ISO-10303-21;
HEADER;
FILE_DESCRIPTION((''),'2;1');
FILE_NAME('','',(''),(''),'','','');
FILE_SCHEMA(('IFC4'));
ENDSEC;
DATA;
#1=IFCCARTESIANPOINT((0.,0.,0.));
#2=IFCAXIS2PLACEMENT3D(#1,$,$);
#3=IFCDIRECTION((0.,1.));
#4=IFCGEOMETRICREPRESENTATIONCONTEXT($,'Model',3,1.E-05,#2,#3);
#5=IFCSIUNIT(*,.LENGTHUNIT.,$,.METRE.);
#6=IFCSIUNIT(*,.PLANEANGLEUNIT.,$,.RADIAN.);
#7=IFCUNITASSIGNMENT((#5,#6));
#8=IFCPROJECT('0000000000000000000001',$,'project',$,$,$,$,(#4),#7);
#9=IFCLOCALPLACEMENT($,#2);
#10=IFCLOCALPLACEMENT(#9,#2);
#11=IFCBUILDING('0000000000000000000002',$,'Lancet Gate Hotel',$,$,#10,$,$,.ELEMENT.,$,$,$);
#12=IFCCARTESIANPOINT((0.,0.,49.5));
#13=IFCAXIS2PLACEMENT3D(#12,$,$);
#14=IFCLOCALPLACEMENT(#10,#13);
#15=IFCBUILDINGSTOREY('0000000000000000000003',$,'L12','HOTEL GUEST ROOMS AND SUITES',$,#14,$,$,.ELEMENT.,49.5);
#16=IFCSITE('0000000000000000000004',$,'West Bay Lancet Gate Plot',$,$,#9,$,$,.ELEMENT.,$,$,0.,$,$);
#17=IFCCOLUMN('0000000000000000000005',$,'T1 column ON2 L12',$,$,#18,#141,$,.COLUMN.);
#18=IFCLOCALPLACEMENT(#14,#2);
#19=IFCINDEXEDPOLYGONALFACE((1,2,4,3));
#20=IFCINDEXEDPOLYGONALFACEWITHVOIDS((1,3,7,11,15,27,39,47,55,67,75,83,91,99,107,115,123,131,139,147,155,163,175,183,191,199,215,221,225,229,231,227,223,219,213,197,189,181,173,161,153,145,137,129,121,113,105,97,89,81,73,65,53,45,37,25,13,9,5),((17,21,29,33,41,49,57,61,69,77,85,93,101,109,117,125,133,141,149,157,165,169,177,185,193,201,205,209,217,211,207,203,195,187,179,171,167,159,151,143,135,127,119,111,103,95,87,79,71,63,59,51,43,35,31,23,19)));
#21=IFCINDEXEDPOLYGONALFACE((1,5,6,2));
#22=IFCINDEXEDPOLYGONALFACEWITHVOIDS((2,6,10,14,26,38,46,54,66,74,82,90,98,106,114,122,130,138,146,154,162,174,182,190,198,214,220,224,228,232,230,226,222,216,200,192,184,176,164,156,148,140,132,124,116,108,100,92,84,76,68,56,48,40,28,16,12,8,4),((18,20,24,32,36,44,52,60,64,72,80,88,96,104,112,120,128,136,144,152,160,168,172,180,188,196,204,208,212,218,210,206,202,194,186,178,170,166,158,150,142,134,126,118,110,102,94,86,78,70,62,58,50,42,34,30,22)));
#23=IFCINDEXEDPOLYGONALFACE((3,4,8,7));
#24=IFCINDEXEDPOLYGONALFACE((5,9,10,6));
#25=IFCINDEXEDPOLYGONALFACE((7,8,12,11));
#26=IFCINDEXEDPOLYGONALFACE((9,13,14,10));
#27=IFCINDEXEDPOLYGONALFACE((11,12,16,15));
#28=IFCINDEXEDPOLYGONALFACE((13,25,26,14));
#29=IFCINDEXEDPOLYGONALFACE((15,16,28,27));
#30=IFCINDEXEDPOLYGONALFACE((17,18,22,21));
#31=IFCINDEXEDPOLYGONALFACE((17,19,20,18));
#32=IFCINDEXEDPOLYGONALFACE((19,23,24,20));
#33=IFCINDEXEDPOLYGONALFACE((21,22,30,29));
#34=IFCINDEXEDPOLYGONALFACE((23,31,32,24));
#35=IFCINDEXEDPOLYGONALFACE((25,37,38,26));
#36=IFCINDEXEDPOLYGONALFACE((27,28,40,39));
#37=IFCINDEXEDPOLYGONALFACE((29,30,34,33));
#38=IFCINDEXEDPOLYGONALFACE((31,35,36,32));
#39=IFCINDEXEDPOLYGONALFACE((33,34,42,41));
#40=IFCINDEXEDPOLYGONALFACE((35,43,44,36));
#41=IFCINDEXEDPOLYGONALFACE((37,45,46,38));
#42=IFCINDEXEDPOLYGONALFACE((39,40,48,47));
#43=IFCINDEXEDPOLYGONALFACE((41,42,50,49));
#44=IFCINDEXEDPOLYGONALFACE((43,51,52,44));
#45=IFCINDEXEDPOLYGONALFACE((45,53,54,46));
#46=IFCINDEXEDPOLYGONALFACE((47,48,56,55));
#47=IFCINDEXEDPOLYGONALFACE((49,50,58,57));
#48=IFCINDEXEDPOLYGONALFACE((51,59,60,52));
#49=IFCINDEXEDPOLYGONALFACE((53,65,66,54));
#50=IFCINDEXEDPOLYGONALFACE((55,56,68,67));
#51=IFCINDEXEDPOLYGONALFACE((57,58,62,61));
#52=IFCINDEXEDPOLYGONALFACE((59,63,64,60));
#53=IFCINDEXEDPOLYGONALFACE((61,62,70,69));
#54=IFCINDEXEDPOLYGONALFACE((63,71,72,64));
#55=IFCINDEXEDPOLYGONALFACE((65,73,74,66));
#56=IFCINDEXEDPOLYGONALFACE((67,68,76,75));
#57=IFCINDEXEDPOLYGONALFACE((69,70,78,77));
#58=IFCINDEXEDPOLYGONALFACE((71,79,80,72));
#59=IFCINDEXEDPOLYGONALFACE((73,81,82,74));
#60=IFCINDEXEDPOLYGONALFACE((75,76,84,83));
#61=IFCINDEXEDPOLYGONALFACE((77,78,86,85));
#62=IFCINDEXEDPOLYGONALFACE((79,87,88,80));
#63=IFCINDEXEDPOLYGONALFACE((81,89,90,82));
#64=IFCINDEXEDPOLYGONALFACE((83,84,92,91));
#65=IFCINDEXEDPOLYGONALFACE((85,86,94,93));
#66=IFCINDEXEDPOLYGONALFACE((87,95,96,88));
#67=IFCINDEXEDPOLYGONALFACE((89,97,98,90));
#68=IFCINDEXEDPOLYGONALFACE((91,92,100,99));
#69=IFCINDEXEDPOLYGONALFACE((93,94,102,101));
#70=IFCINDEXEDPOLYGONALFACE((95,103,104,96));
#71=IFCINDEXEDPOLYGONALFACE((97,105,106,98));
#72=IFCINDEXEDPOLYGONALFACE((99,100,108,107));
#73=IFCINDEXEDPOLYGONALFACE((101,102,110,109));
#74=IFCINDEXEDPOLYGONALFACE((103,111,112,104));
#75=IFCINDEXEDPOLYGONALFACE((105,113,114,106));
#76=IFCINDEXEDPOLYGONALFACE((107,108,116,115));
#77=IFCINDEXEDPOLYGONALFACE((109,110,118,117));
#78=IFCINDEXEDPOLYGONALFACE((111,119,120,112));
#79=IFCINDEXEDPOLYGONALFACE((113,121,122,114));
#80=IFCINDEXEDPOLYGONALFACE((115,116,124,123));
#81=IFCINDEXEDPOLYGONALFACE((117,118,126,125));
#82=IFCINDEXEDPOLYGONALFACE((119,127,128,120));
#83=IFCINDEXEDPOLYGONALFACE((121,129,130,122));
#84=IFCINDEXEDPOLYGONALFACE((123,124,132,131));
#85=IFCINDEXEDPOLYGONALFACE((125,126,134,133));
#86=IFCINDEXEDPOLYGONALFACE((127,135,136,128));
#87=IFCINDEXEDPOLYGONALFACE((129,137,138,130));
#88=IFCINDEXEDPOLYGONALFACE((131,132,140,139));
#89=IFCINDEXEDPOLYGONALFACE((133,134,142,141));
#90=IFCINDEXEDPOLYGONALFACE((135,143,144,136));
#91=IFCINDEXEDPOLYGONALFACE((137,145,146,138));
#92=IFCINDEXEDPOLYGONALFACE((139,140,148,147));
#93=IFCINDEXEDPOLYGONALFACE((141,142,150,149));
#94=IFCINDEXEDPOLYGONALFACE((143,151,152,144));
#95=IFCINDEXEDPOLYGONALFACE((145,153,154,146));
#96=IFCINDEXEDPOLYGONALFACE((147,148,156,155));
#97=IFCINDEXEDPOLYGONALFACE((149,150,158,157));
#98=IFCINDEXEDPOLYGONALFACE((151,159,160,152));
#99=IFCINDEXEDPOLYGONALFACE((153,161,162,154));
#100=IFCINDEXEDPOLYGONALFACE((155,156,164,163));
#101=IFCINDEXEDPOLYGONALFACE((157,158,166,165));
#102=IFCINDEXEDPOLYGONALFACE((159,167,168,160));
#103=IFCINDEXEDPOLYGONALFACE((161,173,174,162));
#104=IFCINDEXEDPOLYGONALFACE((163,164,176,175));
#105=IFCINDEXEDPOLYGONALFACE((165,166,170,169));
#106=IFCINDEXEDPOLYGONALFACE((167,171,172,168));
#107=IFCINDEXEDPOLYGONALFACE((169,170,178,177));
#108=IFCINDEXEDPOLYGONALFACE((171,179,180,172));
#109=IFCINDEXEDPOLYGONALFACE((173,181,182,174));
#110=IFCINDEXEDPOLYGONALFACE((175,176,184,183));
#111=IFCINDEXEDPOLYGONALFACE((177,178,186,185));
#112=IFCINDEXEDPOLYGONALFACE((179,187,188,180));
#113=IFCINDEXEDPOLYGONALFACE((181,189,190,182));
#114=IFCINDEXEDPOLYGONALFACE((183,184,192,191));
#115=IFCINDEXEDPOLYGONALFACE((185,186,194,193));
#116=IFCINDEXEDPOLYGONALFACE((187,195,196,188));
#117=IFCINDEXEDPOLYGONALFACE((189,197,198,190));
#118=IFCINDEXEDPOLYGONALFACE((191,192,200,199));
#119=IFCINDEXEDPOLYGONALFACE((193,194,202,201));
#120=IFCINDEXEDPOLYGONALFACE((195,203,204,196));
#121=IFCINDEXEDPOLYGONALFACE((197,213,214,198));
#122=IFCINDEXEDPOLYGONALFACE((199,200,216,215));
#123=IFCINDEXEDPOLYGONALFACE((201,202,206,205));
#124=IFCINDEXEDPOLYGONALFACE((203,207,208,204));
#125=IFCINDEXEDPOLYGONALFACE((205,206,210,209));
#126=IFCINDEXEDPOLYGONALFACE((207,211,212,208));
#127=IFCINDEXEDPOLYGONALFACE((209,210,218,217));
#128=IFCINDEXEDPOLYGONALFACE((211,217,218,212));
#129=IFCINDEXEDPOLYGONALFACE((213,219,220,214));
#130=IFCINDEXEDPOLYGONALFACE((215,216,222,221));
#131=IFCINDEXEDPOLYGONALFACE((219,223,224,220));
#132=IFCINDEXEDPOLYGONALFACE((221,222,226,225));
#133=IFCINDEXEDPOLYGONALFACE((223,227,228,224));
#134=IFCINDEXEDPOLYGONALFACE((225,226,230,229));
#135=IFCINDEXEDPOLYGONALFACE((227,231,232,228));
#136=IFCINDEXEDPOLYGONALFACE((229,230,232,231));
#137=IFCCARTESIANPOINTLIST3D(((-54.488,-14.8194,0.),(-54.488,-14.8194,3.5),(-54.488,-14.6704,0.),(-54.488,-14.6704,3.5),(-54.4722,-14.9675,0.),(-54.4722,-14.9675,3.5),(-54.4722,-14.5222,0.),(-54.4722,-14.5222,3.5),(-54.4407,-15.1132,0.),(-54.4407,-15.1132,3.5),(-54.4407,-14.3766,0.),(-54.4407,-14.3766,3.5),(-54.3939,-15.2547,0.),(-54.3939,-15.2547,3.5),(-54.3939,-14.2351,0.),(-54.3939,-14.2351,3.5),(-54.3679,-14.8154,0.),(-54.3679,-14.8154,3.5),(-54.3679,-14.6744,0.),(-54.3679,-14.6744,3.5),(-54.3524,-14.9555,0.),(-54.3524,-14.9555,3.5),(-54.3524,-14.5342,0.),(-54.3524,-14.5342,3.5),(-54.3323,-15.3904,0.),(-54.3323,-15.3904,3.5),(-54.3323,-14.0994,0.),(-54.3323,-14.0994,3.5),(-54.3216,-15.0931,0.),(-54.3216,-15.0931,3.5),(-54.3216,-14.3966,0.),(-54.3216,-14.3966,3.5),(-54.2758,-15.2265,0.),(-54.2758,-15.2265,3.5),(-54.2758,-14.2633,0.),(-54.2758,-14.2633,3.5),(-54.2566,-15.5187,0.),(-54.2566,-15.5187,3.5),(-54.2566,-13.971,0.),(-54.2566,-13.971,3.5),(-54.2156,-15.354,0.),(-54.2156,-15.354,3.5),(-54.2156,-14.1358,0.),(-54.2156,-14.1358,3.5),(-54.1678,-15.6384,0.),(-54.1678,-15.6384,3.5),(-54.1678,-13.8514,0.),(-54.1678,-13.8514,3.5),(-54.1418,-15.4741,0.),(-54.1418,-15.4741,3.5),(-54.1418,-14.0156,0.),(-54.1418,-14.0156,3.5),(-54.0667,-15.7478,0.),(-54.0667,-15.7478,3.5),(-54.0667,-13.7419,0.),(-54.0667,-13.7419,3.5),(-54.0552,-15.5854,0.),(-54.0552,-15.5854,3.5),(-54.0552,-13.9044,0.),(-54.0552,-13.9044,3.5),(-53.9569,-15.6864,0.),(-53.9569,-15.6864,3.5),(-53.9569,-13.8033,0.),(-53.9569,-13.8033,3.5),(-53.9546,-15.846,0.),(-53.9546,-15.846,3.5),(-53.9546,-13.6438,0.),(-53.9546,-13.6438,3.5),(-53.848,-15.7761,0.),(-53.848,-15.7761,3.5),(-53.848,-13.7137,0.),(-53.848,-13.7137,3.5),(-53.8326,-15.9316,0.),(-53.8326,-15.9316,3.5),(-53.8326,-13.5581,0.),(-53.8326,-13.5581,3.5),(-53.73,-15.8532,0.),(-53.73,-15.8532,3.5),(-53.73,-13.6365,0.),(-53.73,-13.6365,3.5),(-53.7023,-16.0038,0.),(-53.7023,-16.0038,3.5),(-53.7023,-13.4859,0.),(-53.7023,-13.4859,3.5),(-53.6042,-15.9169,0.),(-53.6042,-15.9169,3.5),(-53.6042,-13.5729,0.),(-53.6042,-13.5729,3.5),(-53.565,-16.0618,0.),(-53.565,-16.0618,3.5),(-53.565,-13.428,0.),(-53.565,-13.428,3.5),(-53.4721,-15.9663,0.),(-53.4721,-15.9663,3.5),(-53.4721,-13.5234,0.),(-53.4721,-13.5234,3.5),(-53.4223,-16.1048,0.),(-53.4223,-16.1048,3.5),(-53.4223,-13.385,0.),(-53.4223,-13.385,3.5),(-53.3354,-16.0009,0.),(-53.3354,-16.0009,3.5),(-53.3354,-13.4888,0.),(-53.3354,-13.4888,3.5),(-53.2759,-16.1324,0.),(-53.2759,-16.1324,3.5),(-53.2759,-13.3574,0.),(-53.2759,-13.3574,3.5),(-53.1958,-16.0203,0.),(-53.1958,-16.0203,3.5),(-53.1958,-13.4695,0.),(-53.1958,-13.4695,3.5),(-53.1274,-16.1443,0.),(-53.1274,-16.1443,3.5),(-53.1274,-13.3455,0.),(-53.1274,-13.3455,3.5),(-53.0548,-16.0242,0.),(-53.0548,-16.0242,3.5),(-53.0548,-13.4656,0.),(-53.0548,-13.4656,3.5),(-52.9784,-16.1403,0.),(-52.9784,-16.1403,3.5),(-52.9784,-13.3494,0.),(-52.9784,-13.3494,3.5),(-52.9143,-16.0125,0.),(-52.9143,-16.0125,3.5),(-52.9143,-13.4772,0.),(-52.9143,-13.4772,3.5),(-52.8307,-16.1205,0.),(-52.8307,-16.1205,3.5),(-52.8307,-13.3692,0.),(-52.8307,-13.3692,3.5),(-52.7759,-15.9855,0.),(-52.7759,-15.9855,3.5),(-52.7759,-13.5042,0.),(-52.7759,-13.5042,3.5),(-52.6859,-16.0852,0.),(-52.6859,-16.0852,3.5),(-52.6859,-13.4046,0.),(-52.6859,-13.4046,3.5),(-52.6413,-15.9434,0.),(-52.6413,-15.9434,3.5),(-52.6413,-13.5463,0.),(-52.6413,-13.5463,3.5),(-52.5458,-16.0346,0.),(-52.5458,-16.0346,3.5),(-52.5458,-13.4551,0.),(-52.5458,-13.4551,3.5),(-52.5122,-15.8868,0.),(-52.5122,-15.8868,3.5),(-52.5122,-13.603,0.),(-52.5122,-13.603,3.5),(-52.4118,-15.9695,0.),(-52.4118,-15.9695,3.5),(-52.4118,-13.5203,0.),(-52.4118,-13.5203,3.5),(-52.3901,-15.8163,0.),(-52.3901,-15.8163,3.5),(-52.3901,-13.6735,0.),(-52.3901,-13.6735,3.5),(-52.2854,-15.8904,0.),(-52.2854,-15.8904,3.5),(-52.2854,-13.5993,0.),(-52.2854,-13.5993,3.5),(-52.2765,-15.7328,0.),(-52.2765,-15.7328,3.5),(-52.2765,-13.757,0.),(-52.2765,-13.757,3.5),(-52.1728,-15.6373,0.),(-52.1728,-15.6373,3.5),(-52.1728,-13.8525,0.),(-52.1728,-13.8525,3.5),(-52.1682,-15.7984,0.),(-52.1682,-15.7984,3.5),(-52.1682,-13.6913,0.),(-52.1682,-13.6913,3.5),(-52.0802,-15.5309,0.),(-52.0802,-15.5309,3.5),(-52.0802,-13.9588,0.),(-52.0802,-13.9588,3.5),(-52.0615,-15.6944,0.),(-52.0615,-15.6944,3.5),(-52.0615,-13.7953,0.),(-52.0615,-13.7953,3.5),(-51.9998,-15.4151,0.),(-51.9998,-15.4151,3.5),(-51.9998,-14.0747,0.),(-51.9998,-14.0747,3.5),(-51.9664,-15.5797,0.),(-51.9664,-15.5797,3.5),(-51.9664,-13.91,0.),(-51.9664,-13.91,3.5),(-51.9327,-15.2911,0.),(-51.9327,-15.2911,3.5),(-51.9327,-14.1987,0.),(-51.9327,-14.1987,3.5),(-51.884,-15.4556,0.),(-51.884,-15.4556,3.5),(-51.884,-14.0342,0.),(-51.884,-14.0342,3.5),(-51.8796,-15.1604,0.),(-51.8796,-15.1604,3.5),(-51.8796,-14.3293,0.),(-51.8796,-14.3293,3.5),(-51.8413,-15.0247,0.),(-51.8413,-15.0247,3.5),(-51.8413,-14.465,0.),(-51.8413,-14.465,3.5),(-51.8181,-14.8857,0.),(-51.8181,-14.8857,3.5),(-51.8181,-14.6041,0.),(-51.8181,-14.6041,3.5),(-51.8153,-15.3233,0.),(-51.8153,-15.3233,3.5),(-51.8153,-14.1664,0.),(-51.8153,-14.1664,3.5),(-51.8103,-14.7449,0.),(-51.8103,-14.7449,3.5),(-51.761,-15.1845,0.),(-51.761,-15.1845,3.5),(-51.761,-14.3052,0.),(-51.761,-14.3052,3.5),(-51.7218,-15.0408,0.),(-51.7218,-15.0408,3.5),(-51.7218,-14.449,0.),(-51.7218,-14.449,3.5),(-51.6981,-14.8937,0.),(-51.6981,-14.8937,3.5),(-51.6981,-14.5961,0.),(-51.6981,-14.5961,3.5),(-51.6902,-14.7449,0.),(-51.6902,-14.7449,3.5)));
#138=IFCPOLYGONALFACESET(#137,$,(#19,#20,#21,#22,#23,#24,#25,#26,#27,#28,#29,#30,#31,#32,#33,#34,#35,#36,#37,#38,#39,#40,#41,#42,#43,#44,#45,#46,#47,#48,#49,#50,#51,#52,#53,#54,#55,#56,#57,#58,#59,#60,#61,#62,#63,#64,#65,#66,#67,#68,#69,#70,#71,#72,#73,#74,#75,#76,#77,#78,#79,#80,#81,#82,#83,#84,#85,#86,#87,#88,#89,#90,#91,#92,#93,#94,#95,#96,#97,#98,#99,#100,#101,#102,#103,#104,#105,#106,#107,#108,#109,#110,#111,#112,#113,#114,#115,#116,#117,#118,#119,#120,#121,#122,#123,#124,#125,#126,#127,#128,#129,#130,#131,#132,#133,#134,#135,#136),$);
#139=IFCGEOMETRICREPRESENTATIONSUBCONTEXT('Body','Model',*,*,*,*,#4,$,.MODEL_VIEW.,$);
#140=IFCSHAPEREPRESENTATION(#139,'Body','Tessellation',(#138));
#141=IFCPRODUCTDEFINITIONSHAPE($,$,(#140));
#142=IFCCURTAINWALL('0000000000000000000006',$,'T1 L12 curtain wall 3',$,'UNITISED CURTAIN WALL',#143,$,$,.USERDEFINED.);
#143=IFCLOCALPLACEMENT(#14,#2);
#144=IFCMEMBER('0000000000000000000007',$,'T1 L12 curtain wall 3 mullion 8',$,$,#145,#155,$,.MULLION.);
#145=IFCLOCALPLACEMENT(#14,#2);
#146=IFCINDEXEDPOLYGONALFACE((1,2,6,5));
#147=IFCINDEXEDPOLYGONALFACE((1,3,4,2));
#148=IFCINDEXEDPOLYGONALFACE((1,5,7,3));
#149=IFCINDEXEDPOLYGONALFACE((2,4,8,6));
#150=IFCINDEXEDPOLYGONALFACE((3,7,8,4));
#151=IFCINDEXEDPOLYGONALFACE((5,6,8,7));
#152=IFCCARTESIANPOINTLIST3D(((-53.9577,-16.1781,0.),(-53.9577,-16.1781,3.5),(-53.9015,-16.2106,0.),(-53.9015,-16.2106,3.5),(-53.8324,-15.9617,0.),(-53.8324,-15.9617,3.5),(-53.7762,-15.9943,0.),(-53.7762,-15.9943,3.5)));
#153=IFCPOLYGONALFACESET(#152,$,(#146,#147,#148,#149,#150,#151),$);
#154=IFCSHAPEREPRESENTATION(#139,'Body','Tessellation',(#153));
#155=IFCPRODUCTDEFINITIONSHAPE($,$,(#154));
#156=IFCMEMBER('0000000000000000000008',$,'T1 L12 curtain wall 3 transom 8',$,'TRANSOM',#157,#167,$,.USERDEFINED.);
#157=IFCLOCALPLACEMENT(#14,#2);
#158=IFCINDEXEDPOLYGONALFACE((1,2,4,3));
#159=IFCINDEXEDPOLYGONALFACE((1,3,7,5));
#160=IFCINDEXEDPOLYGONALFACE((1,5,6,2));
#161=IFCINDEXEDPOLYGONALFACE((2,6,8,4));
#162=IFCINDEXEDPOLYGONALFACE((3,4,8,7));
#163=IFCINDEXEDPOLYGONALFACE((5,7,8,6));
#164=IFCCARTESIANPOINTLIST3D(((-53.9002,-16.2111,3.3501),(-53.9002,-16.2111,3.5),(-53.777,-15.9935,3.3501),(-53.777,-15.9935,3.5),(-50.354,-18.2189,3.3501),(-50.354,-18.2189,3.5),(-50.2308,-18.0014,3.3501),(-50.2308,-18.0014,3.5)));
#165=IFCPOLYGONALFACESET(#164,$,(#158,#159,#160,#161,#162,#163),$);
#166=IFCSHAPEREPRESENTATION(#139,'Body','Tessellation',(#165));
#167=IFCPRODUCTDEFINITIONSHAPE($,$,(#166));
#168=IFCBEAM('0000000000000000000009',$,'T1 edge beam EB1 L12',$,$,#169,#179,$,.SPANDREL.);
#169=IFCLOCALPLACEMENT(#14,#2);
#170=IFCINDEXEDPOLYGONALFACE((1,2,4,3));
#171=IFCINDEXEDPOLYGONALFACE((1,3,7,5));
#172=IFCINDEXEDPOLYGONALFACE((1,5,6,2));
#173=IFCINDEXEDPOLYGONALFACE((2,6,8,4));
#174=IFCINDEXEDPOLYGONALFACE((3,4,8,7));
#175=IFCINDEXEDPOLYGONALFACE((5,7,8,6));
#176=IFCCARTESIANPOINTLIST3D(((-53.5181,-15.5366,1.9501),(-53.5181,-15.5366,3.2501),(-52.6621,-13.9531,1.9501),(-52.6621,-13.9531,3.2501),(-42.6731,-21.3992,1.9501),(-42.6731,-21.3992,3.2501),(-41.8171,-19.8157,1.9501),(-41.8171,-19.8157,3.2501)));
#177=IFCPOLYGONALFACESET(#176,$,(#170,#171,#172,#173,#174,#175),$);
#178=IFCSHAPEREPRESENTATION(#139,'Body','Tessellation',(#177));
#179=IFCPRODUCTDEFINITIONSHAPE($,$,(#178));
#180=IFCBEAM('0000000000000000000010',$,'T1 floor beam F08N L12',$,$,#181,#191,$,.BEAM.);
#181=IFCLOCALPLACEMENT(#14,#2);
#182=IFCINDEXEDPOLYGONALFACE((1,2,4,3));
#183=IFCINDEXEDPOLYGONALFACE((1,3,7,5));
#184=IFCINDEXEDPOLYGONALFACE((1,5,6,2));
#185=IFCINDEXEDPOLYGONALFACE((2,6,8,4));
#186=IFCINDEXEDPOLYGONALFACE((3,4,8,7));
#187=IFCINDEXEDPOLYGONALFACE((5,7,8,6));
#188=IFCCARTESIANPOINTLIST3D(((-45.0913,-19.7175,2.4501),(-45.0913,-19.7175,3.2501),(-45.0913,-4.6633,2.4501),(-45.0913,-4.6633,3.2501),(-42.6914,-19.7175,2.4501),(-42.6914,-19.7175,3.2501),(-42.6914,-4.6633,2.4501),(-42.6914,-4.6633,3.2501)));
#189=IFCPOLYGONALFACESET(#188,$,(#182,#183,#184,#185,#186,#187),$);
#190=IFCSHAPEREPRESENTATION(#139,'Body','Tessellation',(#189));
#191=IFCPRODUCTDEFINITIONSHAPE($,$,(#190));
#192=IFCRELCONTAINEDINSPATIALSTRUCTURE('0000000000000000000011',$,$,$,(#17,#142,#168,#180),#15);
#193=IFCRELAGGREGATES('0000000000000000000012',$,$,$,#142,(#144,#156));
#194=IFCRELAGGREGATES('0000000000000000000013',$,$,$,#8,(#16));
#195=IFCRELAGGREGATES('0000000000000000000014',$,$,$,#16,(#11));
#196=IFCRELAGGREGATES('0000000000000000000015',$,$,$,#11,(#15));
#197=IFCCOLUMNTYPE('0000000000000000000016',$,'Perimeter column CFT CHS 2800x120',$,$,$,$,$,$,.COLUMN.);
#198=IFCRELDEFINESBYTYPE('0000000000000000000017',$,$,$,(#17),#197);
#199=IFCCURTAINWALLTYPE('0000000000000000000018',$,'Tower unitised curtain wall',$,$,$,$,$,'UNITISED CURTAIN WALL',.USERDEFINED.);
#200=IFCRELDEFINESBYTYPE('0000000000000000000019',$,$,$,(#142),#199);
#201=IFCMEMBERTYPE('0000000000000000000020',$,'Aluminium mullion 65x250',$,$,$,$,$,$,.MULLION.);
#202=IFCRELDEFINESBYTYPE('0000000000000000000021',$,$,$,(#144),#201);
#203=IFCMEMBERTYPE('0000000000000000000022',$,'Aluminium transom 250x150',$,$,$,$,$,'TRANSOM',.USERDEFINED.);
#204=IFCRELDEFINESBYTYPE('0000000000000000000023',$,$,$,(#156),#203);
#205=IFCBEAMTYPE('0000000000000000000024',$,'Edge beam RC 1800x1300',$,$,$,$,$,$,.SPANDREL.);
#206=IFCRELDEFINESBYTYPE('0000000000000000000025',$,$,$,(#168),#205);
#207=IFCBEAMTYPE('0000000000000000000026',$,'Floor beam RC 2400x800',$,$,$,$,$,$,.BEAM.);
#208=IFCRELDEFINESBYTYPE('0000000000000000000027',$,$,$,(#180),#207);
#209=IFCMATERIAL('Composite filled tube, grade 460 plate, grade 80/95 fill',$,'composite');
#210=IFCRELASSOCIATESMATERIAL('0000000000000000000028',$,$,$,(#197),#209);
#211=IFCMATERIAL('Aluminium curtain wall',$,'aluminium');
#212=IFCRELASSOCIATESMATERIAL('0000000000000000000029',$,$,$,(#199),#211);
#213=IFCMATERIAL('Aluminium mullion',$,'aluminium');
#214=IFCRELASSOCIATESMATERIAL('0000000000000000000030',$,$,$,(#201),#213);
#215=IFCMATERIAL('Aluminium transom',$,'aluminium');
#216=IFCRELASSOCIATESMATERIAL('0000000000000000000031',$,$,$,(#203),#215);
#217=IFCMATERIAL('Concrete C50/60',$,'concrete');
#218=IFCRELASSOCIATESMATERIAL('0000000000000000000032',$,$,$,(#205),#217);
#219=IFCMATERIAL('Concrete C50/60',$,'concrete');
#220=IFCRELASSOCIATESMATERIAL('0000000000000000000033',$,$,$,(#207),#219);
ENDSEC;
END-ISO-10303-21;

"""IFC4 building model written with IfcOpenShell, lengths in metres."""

from ifc_helpers import new_model, si_unit, direction, frame, origin, origin_2d, place, context, subcontext, project, spatial, rectangle, hollow_circle, extrude, material, material_profile, profile_set, type_object, element, aggregate, save


model = new_model("IFC4")

# Units and contexts
model_context = context("Model", 3, precision=1e-05, world=origin(), true_north=direction((0.0, 1.0)))
body_context = subcontext(model_context, "Body", "Model", "MODEL_VIEW")
ifc_project = project(units=[si_unit("LENGTHUNIT", "METRE"), si_unit("PLANEANGLEUNIT", "RADIAN")], contexts=[model_context])

# Site, building, storey
site_placement = place(None, origin())
site = spatial("IfcSite", under=ifc_project, at=site_placement, Name="West Bay Lancet Gate Plot", CompositionType="ELEMENT", RefElevation=0.0)
building_placement = place(site_placement, origin())
building = spatial("IfcBuilding", under=site, at=building_placement, Name="Lancet Gate Hotel", CompositionType="ELEMENT")
storey_placement = place(building_placement, frame((0.0, 0.0, 49.5)))
storey = spatial("IfcBuildingStorey", under=building, at=storey_placement, Name="L12", Description="HOTEL GUEST ROOMS AND SUITES", CompositionType="ELEMENT", Elevation=49.5)

# Column
ifc_material_1 = material(Name="Composite filled tube, grade 460 plate, grade 80/95 fill", Category="composite")
ifc_material_profile_1 = material_profile(ifc_material_1, hollow_circle(Radius=1.3999, WallThickness=0.1201, at=origin_2d()), Name="CHS 2800x120")
ifc_profile_set_1 = profile_set([ifc_material_profile_1], Name="Composite filled tube, grade 460 plate, grade 80/95 fill")
column_type = type_object("IfcColumnType", Name="Perimeter column CFT CHS 2800x120", PredefinedType="COLUMN", material=ifc_profile_set_1)
column_placement = place(storey_placement, frame((-53.0901, -14.7449, 0.0), z_axis=(0.0, 0.0, 1.0), x_axis=(1.0, 0.0, 0.0)))
element("IfcColumn", 1, at=column_placement, inside=storey, type_object=column_type, Name="T1 column ON2 L12", PredefinedType="COLUMN", context=body_context, shape_type="SweptSolid", body=[
    extrude(hollow_circle(Radius=1.3999, WallThickness=0.1201, at=origin_2d()), origin(), (0.0, 0.0, 1.0), 3.5),
])

# Curtain wall, members
ifc_material_2 = material(Name="Aluminium curtain wall", Category="aluminium")
curtain_wall_type = type_object("IfcCurtainWallType", Name="Tower unitised curtain wall", ElementType="UNITISED CURTAIN WALL", PredefinedType="USERDEFINED", material=ifc_material_2)
curtain_wall_placement = place(storey_placement, origin())
curtain_wall = element("IfcCurtainWall", 2, at=curtain_wall_placement, inside=storey, type_object=curtain_wall_type, Name="T1 L12 curtain wall 3", ObjectType="UNITISED CURTAIN WALL", PredefinedType="USERDEFINED")
ifc_material_3 = material(Name="Aluminium mullion", Category="aluminium")
ifc_material_profile_2 = material_profile(ifc_material_3, rectangle(XDim=0.0649, YDim=0.25, at=origin_2d()), Name="MULLION 65x250")
ifc_profile_set_2 = profile_set([ifc_material_profile_2], Name="Aluminium mullion")
member_type_1 = type_object("IfcMemberType", Name="Aluminium mullion 65x250", PredefinedType="MULLION", material=ifc_profile_set_2)
member_1_placement = place(storey_placement, frame((-53.8669, -16.0862, 0.0), z_axis=(0.0, 0.0, 1.0), x_axis=(0.865335, -0.501194, 0.0)))
member_1 = element("IfcMember", 3, at=member_1_placement, type_object=member_type_1, Name="T1 L12 curtain wall 3 mullion 8", PredefinedType="MULLION", context=body_context, shape_type="SweptSolid", body=[
    extrude(rectangle(XDim=0.0649, YDim=0.25, at=origin_2d()), origin(), (0.0, 0.0, 1.0), 3.5),
])
ifc_material_4 = material(Name="Aluminium transom", Category="aluminium")
ifc_material_profile_3 = material_profile(ifc_material_4, rectangle(XDim=0.25, YDim=0.1499, at=origin_2d()), Name="TRANSOM 250x150")
ifc_profile_set_3 = profile_set([ifc_material_profile_3], Name="Aluminium transom")
member_type_2 = type_object("IfcMemberType", Name="Aluminium transom 250x150", ElementType="TRANSOM", PredefinedType="USERDEFINED", material=ifc_profile_set_3)
member_2_placement = place(storey_placement, frame((-53.8386, -16.1023, 3.425), z_axis=(0.870198, -0.492703, 0.0), x_axis=(0.492703, 0.870198, 0.0)))
member_2 = element("IfcMember", 4, at=member_2_placement, type_object=member_type_2, Name="T1 L12 curtain wall 3 transom 8", ObjectType="TRANSOM", PredefinedType="USERDEFINED", context=body_context, shape_type="SweptSolid", body=[
    extrude(rectangle(XDim=0.25, YDim=0.1499, at=origin_2d()), origin(), (0.0, 0.0, 1.0), 4.0752),
])
aggregate(curtain_wall, [member_1, member_2])

# Beams
ifc_material_5 = material(Name="Concrete C50/60", Category="concrete")
ifc_material_profile_4 = material_profile(ifc_material_5, rectangle(XDim=1.8, YDim=1.3, at=origin_2d()), Name="RC 1800x1300")
ifc_profile_set_4 = profile_set([ifc_material_profile_4], Name="Concrete C50/60")
beam_type_1 = type_object("IfcBeamType", Name="Edge beam RC 1800x1300", PredefinedType="SPANDREL", material=ifc_profile_set_4)
beam_1_placement = place(storey_placement, frame((-53.0901, -14.7449, 2.6001), z_axis=(0.879693, -0.475542, 0.0), x_axis=(0.475542, 0.879693, 0.0)))
element("IfcBeam", 5, at=beam_1_placement, inside=storey, type_object=beam_type_1, Name="T1 edge beam EB1 L12", PredefinedType="SPANDREL", context=body_context, shape_type="SweptSolid", body=[
    extrude(rectangle(XDim=1.8, YDim=1.3, at=origin_2d()), origin(), (0.0, 0.0, 1.0), 12.3281),
])
ifc_material_6 = material(Name="Concrete C50/60", Category="concrete")
ifc_material_profile_5 = material_profile(ifc_material_6, rectangle(XDim=2.3999, YDim=0.8, at=origin_2d()), Name="RC 2400x800")
ifc_profile_set_5 = profile_set([ifc_material_profile_5], Name="Concrete C50/60")
beam_type_2 = type_object("IfcBeamType", Name="Floor beam RC 2400x800", PredefinedType="BEAM", material=ifc_profile_set_5)
beam_2_placement = place(storey_placement, frame((-43.8914, -4.6633, 2.8501), z_axis=(0.0, -1.0, 0.0), x_axis=(1.0, 0.0, 0.0)))
element("IfcBeam", 6, at=beam_2_placement, inside=storey, type_object=beam_type_2, Name="T1 floor beam F08N L12", PredefinedType="BEAM", context=body_context, shape_type="SweptSolid", body=[
    extrude(rectangle(XDim=2.3999, YDim=0.8, at=origin_2d()), origin(), (0.0, 0.0, 1.0), 15.0542),
])

save(model, "model.ifc")
